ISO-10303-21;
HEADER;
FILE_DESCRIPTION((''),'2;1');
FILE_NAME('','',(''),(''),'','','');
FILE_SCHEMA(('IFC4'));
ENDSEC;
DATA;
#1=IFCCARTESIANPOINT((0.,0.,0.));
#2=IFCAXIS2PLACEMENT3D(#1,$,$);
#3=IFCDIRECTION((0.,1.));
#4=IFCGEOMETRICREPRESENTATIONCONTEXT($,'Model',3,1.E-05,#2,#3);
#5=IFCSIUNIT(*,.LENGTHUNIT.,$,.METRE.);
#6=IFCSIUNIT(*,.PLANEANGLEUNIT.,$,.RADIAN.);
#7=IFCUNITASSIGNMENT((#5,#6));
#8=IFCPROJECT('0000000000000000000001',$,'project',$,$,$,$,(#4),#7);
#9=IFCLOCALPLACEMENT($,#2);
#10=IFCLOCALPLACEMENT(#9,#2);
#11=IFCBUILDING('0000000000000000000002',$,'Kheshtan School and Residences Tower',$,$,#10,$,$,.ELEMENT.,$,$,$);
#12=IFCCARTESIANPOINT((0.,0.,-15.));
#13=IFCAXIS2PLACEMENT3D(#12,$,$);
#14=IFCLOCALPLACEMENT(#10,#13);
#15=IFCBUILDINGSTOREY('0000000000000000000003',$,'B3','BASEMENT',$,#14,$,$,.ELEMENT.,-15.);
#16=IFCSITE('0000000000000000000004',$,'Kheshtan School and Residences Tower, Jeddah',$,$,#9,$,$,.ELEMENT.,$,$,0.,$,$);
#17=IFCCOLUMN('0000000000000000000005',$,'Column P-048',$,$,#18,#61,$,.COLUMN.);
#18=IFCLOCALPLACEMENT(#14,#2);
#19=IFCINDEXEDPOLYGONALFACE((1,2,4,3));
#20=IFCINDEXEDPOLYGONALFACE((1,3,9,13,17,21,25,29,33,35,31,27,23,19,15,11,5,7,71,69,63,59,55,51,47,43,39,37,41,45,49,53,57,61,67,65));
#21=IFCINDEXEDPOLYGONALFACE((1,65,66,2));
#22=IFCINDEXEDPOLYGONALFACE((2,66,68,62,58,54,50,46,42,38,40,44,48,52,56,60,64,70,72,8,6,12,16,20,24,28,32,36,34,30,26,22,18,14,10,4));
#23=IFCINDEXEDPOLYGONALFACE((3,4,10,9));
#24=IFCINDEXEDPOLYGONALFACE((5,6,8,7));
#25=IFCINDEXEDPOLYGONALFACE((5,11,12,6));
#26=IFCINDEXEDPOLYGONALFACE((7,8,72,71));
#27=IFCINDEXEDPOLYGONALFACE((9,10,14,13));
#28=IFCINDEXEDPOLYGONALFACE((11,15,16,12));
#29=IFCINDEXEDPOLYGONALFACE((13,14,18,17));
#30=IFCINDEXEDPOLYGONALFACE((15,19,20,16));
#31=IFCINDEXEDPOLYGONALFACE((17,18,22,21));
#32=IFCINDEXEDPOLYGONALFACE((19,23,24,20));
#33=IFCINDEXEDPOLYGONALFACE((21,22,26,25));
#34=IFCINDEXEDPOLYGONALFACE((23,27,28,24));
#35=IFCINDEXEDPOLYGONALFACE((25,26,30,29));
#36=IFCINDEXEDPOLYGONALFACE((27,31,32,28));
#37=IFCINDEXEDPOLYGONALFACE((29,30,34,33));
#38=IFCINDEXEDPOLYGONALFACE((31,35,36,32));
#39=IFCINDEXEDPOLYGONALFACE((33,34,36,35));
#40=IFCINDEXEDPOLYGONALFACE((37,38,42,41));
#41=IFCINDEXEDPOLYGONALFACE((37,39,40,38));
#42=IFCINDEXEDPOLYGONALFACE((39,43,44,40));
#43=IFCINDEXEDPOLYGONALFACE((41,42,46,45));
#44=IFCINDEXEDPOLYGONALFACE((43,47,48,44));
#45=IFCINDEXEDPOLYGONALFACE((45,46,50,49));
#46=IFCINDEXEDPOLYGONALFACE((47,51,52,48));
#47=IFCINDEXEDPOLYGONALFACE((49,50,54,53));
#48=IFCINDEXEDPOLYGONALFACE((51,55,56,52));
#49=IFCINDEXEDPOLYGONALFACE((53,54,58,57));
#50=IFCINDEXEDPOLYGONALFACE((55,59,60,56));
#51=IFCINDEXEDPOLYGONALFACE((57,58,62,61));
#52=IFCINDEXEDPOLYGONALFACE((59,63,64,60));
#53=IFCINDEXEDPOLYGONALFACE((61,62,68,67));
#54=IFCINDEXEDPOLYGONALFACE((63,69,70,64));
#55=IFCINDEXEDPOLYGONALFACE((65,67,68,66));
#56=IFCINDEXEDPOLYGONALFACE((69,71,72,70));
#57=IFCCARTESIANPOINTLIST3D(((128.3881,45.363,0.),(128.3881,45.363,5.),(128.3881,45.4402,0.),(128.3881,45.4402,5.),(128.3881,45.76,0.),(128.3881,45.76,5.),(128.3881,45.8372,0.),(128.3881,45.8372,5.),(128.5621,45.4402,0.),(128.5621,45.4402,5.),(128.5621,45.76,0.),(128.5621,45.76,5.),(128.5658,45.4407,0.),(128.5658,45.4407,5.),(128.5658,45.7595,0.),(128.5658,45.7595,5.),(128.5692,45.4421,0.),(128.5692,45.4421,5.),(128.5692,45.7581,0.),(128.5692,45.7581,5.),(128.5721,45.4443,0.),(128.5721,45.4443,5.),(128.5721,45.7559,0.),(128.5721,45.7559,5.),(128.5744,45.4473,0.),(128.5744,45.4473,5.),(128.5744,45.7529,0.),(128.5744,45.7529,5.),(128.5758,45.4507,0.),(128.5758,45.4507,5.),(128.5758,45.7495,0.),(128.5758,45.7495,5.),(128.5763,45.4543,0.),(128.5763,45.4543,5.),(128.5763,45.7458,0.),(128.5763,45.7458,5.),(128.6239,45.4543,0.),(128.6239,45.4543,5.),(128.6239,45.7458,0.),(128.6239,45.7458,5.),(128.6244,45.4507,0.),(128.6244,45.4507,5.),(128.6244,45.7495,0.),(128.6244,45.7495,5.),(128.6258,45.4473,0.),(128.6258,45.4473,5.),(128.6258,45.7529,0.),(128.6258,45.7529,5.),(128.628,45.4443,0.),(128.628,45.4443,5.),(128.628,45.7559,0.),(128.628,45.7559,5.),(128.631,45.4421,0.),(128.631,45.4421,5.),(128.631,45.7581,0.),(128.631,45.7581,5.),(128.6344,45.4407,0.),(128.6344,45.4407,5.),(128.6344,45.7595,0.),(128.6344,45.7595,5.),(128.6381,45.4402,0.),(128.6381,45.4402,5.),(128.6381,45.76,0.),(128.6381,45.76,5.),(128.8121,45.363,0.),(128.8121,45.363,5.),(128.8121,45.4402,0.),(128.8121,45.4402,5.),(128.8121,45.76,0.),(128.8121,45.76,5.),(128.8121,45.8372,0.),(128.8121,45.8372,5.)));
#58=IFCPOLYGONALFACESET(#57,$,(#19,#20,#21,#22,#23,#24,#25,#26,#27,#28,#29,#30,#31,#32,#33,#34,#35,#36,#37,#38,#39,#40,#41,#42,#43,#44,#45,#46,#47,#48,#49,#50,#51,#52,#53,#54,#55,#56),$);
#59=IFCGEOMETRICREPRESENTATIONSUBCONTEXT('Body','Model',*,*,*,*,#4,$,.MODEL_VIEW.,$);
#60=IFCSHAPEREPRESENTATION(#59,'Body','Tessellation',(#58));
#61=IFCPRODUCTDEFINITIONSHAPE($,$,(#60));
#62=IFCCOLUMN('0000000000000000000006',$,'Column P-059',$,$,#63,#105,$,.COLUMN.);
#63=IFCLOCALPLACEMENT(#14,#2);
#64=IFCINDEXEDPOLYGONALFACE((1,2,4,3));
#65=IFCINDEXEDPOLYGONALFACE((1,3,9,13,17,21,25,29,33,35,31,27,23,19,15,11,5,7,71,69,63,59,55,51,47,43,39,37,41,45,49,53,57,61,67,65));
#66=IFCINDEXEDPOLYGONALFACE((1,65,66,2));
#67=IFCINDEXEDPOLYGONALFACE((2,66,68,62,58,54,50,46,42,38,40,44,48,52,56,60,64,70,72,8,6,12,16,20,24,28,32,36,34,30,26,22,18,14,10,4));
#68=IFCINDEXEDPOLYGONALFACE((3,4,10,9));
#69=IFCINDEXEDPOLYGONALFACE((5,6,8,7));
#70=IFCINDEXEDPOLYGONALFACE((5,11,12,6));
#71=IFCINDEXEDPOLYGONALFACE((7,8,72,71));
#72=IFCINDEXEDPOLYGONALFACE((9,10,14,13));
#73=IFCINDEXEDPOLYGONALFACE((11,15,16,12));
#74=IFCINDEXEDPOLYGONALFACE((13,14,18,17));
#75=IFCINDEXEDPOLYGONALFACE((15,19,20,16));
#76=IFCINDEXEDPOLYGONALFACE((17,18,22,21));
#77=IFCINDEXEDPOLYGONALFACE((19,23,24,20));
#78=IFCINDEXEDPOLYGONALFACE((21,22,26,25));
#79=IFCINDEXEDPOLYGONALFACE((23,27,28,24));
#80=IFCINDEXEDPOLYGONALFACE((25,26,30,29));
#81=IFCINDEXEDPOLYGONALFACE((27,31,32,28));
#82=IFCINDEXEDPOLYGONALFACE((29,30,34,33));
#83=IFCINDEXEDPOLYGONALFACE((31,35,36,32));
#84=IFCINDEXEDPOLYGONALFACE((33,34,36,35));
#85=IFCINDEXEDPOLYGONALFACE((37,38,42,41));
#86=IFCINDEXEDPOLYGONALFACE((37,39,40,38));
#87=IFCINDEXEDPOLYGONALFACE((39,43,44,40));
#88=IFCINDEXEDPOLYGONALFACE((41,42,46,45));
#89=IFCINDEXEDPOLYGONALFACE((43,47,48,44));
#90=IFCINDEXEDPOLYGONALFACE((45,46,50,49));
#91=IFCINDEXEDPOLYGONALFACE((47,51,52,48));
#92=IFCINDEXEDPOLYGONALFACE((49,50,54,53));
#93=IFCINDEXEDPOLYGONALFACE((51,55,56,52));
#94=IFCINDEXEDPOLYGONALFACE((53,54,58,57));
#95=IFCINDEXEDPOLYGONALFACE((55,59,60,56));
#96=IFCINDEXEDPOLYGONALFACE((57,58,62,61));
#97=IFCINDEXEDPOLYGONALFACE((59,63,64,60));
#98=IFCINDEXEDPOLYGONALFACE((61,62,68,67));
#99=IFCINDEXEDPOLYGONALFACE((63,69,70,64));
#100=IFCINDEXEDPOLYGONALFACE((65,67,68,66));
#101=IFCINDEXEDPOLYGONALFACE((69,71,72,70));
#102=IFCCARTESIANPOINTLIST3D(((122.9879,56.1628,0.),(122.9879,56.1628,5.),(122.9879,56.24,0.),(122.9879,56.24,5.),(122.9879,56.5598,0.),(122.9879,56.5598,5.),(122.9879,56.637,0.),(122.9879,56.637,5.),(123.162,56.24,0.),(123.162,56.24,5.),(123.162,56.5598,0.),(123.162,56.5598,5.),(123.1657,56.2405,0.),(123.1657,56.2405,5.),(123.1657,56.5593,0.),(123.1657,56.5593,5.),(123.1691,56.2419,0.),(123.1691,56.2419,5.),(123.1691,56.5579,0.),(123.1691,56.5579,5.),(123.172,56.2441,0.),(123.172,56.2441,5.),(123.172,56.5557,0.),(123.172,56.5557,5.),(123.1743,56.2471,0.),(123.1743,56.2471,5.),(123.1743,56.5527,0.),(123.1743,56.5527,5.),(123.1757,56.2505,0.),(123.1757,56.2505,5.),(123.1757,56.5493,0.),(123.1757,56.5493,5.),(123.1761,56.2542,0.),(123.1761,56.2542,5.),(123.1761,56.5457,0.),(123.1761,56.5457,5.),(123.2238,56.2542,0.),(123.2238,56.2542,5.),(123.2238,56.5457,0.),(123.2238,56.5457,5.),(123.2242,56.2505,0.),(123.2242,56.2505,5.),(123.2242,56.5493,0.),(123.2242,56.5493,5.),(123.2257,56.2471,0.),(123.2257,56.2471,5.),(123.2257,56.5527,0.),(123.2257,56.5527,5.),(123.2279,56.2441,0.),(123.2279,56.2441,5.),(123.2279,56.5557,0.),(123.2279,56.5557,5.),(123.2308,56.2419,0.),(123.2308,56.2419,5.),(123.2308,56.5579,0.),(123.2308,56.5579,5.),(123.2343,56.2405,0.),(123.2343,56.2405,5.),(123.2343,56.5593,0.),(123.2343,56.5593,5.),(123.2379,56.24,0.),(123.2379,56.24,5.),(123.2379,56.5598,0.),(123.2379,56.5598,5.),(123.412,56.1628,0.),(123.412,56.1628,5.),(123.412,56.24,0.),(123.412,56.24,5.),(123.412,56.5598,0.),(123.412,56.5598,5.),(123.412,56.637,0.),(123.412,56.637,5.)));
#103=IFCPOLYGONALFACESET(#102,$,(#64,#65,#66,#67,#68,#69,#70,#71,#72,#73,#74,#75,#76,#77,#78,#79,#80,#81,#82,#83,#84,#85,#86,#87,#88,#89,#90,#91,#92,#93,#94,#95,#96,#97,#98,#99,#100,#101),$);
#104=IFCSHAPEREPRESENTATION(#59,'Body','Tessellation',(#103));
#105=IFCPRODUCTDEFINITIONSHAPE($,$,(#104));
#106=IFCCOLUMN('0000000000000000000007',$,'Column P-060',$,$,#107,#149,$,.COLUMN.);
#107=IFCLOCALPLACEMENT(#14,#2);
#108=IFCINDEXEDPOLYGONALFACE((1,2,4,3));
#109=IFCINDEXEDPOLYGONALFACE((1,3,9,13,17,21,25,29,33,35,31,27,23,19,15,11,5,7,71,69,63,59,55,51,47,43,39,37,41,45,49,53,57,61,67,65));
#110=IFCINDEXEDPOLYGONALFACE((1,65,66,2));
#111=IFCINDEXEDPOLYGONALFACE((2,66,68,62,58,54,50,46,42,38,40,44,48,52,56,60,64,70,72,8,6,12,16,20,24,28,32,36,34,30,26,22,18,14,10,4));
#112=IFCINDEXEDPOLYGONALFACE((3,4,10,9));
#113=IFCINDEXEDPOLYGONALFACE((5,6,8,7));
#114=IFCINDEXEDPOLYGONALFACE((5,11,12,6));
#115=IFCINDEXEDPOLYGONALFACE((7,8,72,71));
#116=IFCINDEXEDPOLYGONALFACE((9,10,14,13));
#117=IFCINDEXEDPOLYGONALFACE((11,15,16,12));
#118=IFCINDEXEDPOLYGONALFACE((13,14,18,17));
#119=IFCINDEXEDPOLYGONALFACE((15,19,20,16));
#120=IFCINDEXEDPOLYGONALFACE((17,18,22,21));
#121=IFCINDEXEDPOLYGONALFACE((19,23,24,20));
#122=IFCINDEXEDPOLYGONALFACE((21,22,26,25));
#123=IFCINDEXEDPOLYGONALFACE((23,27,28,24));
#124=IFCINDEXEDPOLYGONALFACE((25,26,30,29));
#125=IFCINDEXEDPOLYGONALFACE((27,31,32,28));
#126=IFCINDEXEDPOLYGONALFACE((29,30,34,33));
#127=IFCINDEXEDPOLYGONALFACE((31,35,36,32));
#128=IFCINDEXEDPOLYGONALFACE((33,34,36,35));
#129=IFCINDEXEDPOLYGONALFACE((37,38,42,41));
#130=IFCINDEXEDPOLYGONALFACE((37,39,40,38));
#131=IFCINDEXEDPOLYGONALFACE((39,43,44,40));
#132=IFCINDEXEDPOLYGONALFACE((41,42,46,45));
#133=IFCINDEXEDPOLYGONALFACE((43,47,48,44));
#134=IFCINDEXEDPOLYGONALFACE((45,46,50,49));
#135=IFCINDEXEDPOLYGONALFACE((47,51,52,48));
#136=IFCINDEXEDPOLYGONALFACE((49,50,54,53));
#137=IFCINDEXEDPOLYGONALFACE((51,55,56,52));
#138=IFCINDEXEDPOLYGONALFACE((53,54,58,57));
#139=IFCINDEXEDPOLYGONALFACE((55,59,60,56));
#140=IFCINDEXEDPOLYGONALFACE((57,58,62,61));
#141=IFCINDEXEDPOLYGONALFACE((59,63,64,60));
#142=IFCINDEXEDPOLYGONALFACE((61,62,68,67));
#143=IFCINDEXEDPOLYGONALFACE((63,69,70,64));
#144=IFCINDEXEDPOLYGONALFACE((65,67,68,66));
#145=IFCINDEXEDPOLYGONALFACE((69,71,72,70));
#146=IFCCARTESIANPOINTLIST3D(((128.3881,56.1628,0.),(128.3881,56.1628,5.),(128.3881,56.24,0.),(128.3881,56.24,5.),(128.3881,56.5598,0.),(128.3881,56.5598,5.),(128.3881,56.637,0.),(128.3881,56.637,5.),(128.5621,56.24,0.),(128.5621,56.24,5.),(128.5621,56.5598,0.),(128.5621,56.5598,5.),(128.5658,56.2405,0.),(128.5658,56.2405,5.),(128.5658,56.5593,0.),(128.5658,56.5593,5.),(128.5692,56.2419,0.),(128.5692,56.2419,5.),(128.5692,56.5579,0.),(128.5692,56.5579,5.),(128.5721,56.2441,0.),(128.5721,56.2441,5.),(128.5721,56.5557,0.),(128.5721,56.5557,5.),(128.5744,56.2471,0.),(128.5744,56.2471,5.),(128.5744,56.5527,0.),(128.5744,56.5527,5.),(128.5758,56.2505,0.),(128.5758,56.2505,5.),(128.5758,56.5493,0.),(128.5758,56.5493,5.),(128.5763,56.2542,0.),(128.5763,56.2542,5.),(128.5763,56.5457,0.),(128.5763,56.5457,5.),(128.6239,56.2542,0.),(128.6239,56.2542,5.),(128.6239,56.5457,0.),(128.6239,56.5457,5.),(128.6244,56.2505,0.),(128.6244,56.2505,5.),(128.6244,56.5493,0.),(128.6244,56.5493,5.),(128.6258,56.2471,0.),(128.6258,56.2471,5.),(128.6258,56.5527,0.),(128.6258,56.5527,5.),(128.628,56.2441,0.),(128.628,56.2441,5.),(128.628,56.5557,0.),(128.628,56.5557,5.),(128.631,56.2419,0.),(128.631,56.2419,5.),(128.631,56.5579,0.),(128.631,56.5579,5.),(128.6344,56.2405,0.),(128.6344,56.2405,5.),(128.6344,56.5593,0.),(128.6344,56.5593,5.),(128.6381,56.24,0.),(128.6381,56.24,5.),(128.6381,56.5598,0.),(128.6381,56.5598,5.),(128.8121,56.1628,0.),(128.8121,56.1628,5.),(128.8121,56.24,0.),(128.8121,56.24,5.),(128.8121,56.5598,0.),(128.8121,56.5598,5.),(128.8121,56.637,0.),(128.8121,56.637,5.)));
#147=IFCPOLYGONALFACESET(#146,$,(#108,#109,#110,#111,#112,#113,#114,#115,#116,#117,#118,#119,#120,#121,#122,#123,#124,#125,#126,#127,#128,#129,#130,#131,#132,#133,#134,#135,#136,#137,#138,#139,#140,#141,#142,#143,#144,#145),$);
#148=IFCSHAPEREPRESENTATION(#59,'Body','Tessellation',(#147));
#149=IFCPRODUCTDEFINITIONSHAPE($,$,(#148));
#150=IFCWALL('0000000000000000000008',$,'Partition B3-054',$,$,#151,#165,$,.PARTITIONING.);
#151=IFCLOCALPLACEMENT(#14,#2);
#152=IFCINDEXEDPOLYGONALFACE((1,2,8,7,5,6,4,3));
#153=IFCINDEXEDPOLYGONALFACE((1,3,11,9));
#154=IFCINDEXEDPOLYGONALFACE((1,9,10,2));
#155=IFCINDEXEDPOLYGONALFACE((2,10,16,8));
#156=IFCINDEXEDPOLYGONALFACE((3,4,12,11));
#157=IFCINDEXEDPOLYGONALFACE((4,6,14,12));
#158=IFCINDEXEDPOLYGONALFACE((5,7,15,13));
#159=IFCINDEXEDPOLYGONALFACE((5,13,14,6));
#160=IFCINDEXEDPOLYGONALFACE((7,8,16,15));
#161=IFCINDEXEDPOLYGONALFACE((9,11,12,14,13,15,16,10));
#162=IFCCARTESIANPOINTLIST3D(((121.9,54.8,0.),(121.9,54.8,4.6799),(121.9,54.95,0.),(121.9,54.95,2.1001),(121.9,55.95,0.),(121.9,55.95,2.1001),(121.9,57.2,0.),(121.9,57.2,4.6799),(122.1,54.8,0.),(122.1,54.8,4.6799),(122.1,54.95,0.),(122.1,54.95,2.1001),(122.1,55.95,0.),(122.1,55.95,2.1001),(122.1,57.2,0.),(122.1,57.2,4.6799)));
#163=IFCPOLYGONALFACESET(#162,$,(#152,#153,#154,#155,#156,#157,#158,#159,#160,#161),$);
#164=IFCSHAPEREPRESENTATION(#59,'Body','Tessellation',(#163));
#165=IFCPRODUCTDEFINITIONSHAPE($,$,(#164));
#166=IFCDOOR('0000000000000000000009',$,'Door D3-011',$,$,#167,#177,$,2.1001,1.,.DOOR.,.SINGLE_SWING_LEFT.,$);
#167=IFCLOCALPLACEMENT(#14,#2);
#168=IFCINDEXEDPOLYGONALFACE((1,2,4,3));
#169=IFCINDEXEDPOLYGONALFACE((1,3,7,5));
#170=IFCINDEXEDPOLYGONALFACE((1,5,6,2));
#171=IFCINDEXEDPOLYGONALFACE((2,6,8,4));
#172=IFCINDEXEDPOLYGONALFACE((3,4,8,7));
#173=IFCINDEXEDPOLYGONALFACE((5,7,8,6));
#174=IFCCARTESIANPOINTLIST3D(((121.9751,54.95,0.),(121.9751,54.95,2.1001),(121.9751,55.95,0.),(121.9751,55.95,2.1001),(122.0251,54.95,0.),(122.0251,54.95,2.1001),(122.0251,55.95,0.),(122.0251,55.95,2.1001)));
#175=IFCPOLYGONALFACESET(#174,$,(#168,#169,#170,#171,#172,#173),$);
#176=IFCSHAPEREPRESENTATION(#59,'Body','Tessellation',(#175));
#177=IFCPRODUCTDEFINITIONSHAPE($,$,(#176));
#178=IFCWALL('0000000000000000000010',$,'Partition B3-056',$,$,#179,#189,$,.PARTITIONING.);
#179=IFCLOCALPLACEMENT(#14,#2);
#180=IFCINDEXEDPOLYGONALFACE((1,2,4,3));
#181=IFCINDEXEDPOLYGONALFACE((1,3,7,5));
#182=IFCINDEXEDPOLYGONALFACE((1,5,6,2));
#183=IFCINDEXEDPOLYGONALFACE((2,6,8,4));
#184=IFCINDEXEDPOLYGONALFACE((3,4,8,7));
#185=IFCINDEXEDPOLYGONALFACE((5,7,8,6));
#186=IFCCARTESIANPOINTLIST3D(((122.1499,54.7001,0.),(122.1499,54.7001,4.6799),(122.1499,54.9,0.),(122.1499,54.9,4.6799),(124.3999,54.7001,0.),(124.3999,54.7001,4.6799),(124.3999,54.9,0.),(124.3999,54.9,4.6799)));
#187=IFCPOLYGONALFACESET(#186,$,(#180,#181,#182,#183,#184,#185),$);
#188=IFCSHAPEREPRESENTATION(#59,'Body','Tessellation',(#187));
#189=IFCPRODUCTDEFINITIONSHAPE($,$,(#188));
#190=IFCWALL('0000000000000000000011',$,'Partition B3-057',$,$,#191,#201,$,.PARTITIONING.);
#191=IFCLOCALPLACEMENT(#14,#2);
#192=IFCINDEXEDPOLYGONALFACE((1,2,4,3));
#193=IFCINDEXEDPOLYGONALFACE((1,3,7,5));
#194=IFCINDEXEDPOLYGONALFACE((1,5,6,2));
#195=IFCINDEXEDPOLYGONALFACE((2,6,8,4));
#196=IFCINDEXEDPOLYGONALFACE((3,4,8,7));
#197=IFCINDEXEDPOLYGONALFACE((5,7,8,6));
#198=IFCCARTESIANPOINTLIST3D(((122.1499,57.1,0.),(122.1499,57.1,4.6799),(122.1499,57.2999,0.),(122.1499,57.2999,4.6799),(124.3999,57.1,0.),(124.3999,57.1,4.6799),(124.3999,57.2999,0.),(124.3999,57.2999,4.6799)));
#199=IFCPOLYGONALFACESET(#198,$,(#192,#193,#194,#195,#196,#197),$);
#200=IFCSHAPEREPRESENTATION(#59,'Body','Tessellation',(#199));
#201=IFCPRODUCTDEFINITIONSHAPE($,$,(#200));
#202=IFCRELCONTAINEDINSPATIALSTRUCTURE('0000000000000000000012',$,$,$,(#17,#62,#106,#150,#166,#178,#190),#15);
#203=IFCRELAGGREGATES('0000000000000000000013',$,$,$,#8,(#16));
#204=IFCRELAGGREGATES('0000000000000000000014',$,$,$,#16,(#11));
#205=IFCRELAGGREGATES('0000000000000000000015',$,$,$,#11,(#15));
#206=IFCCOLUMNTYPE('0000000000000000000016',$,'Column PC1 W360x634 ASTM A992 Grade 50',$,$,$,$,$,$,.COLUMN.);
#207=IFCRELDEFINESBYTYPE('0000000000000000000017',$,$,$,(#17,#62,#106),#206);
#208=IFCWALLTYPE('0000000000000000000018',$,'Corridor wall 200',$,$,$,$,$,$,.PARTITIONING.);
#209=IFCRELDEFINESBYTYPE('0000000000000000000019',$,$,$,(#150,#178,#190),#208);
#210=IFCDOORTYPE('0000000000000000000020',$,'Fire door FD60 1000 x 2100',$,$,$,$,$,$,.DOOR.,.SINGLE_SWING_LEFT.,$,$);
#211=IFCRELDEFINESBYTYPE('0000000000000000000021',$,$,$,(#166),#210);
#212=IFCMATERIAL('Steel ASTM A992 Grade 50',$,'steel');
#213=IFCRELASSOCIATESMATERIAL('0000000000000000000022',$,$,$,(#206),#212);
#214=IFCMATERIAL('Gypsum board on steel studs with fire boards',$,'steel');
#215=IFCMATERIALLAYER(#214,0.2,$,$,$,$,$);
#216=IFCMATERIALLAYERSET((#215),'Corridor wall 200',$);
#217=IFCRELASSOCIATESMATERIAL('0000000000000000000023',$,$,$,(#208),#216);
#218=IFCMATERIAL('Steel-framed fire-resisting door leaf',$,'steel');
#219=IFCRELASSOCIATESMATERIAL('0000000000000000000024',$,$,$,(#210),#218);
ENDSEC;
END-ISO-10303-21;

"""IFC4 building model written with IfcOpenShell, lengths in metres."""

from ifc_helpers import new_model, si_unit, direction, frame, frame_2d, origin, origin_2d, place, context, subcontext, project, spatial, rectangle, i_section, extrude, source, transform, mapped, material, layer, layer_set, material_profile, profile_set, type_object, element, fill, save


model = new_model("IFC4")

# Units and contexts
model_context = context("Model", 3, precision=1e-05, world=origin(), true_north=direction((0.0, 1.0)))
body_context = subcontext(model_context, "Body", "Model", "MODEL_VIEW")
ifc_project = project(units=[si_unit("LENGTHUNIT", "METRE"), si_unit("PLANEANGLEUNIT", "RADIAN")], contexts=[model_context])

# Site, building, storey
site_placement = place(None, origin())
site = spatial("IfcSite", under=ifc_project, at=site_placement, Name="Kheshtan School and Residences Tower, Jeddah", CompositionType="ELEMENT", RefElevation=0.0)
building_placement = place(site_placement, origin())
building = spatial("IfcBuilding", under=site, at=building_placement, Name="Kheshtan School and Residences Tower", CompositionType="ELEMENT")
storey_placement = place(building_placement, frame((0.0, 0.0, -15.0)))
storey = spatial("IfcBuildingStorey", under=building, at=storey_placement, Name="B3", Description="BASEMENT", CompositionType="ELEMENT", Elevation=-15.0)

# Columns
ifc_material_1 = material(Name="Steel ASTM A992 Grade 50", Category="steel")
ifc_material_profile_1 = material_profile(ifc_material_1, i_section(OverallWidth=0.4241, OverallDepth=0.4741, WebThickness=0.0476, FlangeThickness=0.0771, FilletRadius=0.0142, at=origin_2d()), Name="W360x634")
ifc_profile_set_1 = profile_set([ifc_material_profile_1], Name="Steel ASTM A992 Grade 50")
column_type = type_object("IfcColumnType", Name="Column PC1 W360x634 ASTM A992 Grade 50", PredefinedType="COLUMN", material=ifc_profile_set_1)
for number, where, z_axis, x_axis, name in (
    (1, (128.6001, 45.6001, 0.0), (0.0, 0.0, 1.0), (1.0, 0.0, 0.0), "Column P-048"),
    (2, (123.2, 56.3999, 0.0), (0.0, 0.0, 1.0), (1.0, 0.0, 0.0), "Column P-059"),
    (3, (128.6001, 56.3999, 0.0), (0.0, 0.0, 1.0), (1.0, 0.0, 0.0), "Column P-060"),
):
    element("IfcColumn", number, at=place(storey_placement, frame(where, z_axis=z_axis, x_axis=x_axis)), inside=storey, type_object=column_type, Name=name, PredefinedType="COLUMN", context=body_context, shape_type="SweptSolid", body=[
        extrude(i_section(OverallWidth=0.4241, OverallDepth=0.4741, WebThickness=0.0476, FlangeThickness=0.0771, FilletRadius=0.0142, at=origin_2d()), origin(), (0.0, 0.0, 1.0), 5.0),
    ])

# Wall, opening, door
ifc_material_2 = material(Name="Gypsum board on steel studs with fire boards", Category="steel")
ifc_layer = layer(ifc_material_2, 0.2)
ifc_layer_set = layer_set([ifc_layer], Name="Corridor wall 200")
wall_type = type_object("IfcWallType", Name="Corridor wall 200", PredefinedType="PARTITIONING", material=ifc_layer_set)
wall_1_placement = place(storey_placement, frame((122.0, 54.8, 0.0), z_axis=(0.0, 0.0, 1.0), x_axis=(0.0, 1.0, 0.0)))
wall_1 = element("IfcWall", 4, at=wall_1_placement, inside=storey, type_object=wall_type, Name="Partition B3-054", PredefinedType="PARTITIONING", context=body_context, shape_type="SweptSolid", body=[
    extrude(rectangle(XDim=2.3999, YDim=0.2, at=frame_2d((1.2, 0.0))), origin(), (0.0, 0.0, 1.0), 4.6799),
])
opening_placement = place(wall_1_placement, frame((0.1499, 0.0, 0.0)))
opening = element("IfcOpeningElement", 5, at=opening_placement, cuts=wall_1, PredefinedType="OPENING", context=body_context, shape_type="SweptSolid", body=[
    extrude(rectangle(XDim=1.0, YDim=2.1001, at=frame_2d((0.5, 1.05))), frame((0.0, 0.1099, 0.0), z_axis=(0.0, -1.0, 0.0), x_axis=(1.0, 0.0, 0.0)), (0.0, 0.0, 1.0), 0.22),
])
ifc_material_3 = material(Name="Steel-framed fire-resisting door leaf", Category="steel")
door_type = type_object("IfcDoorType", Name="Fire door FD60 1000 x 2100", OperationType="SINGLE_SWING_LEFT", PredefinedType="DOOR", material=ifc_material_3)
shared_shape = source(origin(), body_context, "Body", "SweptSolid", [
    extrude(rectangle(XDim=1.0, YDim=2.1001, at=frame_2d((0.5, 1.05))), frame((0.0, 0.0249, 0.0), z_axis=(0.0, -1.0, 0.0), x_axis=(1.0, 0.0, 0.0)), (0.0, 0.0, 1.0), 0.05),
])
door_placement = place(opening_placement, origin())
door = element("IfcDoor", 6, at=door_placement, inside=storey, type_object=door_type, Name="Door D3-011", OperationType="SINGLE_SWING_LEFT", OverallHeight=2.1001, OverallWidth=1.0, PredefinedType="DOOR", context=body_context, shape_type="MappedRepresentation", body=[
    mapped(shared_shape, transform((0.0, 0.0, 0.0), x_axis=(1.0, 0.0, 0.0), y_axis=(0.0, 1.0, 0.0), z_axis=(0.0, 0.0, 1.0), scale=1.0)),
])
fill(opening, door)

# Walls
for number, where, z_axis, x_axis, name in (
    (7, (122.1499, 54.8, 0.0), (0.0, 0.0, 1.0), (1.0, 0.0, 0.0), "Partition B3-056"),
    (8, (122.1499, 57.2, 0.0), (0.0, 0.0, 1.0), (1.0, 0.0, 0.0), "Partition B3-057"),
):
    element("IfcWall", number, at=place(storey_placement, frame(where, z_axis=z_axis, x_axis=x_axis)), inside=storey, type_object=wall_type, Name=name, PredefinedType="PARTITIONING", context=body_context, shape_type="SweptSolid", body=[
        extrude(rectangle(XDim=2.25, YDim=0.2, at=frame_2d((1.125, 0.0))), origin(), (0.0, 0.0, 1.0), 4.6799),
    ])

save(model, "model.ifc")
